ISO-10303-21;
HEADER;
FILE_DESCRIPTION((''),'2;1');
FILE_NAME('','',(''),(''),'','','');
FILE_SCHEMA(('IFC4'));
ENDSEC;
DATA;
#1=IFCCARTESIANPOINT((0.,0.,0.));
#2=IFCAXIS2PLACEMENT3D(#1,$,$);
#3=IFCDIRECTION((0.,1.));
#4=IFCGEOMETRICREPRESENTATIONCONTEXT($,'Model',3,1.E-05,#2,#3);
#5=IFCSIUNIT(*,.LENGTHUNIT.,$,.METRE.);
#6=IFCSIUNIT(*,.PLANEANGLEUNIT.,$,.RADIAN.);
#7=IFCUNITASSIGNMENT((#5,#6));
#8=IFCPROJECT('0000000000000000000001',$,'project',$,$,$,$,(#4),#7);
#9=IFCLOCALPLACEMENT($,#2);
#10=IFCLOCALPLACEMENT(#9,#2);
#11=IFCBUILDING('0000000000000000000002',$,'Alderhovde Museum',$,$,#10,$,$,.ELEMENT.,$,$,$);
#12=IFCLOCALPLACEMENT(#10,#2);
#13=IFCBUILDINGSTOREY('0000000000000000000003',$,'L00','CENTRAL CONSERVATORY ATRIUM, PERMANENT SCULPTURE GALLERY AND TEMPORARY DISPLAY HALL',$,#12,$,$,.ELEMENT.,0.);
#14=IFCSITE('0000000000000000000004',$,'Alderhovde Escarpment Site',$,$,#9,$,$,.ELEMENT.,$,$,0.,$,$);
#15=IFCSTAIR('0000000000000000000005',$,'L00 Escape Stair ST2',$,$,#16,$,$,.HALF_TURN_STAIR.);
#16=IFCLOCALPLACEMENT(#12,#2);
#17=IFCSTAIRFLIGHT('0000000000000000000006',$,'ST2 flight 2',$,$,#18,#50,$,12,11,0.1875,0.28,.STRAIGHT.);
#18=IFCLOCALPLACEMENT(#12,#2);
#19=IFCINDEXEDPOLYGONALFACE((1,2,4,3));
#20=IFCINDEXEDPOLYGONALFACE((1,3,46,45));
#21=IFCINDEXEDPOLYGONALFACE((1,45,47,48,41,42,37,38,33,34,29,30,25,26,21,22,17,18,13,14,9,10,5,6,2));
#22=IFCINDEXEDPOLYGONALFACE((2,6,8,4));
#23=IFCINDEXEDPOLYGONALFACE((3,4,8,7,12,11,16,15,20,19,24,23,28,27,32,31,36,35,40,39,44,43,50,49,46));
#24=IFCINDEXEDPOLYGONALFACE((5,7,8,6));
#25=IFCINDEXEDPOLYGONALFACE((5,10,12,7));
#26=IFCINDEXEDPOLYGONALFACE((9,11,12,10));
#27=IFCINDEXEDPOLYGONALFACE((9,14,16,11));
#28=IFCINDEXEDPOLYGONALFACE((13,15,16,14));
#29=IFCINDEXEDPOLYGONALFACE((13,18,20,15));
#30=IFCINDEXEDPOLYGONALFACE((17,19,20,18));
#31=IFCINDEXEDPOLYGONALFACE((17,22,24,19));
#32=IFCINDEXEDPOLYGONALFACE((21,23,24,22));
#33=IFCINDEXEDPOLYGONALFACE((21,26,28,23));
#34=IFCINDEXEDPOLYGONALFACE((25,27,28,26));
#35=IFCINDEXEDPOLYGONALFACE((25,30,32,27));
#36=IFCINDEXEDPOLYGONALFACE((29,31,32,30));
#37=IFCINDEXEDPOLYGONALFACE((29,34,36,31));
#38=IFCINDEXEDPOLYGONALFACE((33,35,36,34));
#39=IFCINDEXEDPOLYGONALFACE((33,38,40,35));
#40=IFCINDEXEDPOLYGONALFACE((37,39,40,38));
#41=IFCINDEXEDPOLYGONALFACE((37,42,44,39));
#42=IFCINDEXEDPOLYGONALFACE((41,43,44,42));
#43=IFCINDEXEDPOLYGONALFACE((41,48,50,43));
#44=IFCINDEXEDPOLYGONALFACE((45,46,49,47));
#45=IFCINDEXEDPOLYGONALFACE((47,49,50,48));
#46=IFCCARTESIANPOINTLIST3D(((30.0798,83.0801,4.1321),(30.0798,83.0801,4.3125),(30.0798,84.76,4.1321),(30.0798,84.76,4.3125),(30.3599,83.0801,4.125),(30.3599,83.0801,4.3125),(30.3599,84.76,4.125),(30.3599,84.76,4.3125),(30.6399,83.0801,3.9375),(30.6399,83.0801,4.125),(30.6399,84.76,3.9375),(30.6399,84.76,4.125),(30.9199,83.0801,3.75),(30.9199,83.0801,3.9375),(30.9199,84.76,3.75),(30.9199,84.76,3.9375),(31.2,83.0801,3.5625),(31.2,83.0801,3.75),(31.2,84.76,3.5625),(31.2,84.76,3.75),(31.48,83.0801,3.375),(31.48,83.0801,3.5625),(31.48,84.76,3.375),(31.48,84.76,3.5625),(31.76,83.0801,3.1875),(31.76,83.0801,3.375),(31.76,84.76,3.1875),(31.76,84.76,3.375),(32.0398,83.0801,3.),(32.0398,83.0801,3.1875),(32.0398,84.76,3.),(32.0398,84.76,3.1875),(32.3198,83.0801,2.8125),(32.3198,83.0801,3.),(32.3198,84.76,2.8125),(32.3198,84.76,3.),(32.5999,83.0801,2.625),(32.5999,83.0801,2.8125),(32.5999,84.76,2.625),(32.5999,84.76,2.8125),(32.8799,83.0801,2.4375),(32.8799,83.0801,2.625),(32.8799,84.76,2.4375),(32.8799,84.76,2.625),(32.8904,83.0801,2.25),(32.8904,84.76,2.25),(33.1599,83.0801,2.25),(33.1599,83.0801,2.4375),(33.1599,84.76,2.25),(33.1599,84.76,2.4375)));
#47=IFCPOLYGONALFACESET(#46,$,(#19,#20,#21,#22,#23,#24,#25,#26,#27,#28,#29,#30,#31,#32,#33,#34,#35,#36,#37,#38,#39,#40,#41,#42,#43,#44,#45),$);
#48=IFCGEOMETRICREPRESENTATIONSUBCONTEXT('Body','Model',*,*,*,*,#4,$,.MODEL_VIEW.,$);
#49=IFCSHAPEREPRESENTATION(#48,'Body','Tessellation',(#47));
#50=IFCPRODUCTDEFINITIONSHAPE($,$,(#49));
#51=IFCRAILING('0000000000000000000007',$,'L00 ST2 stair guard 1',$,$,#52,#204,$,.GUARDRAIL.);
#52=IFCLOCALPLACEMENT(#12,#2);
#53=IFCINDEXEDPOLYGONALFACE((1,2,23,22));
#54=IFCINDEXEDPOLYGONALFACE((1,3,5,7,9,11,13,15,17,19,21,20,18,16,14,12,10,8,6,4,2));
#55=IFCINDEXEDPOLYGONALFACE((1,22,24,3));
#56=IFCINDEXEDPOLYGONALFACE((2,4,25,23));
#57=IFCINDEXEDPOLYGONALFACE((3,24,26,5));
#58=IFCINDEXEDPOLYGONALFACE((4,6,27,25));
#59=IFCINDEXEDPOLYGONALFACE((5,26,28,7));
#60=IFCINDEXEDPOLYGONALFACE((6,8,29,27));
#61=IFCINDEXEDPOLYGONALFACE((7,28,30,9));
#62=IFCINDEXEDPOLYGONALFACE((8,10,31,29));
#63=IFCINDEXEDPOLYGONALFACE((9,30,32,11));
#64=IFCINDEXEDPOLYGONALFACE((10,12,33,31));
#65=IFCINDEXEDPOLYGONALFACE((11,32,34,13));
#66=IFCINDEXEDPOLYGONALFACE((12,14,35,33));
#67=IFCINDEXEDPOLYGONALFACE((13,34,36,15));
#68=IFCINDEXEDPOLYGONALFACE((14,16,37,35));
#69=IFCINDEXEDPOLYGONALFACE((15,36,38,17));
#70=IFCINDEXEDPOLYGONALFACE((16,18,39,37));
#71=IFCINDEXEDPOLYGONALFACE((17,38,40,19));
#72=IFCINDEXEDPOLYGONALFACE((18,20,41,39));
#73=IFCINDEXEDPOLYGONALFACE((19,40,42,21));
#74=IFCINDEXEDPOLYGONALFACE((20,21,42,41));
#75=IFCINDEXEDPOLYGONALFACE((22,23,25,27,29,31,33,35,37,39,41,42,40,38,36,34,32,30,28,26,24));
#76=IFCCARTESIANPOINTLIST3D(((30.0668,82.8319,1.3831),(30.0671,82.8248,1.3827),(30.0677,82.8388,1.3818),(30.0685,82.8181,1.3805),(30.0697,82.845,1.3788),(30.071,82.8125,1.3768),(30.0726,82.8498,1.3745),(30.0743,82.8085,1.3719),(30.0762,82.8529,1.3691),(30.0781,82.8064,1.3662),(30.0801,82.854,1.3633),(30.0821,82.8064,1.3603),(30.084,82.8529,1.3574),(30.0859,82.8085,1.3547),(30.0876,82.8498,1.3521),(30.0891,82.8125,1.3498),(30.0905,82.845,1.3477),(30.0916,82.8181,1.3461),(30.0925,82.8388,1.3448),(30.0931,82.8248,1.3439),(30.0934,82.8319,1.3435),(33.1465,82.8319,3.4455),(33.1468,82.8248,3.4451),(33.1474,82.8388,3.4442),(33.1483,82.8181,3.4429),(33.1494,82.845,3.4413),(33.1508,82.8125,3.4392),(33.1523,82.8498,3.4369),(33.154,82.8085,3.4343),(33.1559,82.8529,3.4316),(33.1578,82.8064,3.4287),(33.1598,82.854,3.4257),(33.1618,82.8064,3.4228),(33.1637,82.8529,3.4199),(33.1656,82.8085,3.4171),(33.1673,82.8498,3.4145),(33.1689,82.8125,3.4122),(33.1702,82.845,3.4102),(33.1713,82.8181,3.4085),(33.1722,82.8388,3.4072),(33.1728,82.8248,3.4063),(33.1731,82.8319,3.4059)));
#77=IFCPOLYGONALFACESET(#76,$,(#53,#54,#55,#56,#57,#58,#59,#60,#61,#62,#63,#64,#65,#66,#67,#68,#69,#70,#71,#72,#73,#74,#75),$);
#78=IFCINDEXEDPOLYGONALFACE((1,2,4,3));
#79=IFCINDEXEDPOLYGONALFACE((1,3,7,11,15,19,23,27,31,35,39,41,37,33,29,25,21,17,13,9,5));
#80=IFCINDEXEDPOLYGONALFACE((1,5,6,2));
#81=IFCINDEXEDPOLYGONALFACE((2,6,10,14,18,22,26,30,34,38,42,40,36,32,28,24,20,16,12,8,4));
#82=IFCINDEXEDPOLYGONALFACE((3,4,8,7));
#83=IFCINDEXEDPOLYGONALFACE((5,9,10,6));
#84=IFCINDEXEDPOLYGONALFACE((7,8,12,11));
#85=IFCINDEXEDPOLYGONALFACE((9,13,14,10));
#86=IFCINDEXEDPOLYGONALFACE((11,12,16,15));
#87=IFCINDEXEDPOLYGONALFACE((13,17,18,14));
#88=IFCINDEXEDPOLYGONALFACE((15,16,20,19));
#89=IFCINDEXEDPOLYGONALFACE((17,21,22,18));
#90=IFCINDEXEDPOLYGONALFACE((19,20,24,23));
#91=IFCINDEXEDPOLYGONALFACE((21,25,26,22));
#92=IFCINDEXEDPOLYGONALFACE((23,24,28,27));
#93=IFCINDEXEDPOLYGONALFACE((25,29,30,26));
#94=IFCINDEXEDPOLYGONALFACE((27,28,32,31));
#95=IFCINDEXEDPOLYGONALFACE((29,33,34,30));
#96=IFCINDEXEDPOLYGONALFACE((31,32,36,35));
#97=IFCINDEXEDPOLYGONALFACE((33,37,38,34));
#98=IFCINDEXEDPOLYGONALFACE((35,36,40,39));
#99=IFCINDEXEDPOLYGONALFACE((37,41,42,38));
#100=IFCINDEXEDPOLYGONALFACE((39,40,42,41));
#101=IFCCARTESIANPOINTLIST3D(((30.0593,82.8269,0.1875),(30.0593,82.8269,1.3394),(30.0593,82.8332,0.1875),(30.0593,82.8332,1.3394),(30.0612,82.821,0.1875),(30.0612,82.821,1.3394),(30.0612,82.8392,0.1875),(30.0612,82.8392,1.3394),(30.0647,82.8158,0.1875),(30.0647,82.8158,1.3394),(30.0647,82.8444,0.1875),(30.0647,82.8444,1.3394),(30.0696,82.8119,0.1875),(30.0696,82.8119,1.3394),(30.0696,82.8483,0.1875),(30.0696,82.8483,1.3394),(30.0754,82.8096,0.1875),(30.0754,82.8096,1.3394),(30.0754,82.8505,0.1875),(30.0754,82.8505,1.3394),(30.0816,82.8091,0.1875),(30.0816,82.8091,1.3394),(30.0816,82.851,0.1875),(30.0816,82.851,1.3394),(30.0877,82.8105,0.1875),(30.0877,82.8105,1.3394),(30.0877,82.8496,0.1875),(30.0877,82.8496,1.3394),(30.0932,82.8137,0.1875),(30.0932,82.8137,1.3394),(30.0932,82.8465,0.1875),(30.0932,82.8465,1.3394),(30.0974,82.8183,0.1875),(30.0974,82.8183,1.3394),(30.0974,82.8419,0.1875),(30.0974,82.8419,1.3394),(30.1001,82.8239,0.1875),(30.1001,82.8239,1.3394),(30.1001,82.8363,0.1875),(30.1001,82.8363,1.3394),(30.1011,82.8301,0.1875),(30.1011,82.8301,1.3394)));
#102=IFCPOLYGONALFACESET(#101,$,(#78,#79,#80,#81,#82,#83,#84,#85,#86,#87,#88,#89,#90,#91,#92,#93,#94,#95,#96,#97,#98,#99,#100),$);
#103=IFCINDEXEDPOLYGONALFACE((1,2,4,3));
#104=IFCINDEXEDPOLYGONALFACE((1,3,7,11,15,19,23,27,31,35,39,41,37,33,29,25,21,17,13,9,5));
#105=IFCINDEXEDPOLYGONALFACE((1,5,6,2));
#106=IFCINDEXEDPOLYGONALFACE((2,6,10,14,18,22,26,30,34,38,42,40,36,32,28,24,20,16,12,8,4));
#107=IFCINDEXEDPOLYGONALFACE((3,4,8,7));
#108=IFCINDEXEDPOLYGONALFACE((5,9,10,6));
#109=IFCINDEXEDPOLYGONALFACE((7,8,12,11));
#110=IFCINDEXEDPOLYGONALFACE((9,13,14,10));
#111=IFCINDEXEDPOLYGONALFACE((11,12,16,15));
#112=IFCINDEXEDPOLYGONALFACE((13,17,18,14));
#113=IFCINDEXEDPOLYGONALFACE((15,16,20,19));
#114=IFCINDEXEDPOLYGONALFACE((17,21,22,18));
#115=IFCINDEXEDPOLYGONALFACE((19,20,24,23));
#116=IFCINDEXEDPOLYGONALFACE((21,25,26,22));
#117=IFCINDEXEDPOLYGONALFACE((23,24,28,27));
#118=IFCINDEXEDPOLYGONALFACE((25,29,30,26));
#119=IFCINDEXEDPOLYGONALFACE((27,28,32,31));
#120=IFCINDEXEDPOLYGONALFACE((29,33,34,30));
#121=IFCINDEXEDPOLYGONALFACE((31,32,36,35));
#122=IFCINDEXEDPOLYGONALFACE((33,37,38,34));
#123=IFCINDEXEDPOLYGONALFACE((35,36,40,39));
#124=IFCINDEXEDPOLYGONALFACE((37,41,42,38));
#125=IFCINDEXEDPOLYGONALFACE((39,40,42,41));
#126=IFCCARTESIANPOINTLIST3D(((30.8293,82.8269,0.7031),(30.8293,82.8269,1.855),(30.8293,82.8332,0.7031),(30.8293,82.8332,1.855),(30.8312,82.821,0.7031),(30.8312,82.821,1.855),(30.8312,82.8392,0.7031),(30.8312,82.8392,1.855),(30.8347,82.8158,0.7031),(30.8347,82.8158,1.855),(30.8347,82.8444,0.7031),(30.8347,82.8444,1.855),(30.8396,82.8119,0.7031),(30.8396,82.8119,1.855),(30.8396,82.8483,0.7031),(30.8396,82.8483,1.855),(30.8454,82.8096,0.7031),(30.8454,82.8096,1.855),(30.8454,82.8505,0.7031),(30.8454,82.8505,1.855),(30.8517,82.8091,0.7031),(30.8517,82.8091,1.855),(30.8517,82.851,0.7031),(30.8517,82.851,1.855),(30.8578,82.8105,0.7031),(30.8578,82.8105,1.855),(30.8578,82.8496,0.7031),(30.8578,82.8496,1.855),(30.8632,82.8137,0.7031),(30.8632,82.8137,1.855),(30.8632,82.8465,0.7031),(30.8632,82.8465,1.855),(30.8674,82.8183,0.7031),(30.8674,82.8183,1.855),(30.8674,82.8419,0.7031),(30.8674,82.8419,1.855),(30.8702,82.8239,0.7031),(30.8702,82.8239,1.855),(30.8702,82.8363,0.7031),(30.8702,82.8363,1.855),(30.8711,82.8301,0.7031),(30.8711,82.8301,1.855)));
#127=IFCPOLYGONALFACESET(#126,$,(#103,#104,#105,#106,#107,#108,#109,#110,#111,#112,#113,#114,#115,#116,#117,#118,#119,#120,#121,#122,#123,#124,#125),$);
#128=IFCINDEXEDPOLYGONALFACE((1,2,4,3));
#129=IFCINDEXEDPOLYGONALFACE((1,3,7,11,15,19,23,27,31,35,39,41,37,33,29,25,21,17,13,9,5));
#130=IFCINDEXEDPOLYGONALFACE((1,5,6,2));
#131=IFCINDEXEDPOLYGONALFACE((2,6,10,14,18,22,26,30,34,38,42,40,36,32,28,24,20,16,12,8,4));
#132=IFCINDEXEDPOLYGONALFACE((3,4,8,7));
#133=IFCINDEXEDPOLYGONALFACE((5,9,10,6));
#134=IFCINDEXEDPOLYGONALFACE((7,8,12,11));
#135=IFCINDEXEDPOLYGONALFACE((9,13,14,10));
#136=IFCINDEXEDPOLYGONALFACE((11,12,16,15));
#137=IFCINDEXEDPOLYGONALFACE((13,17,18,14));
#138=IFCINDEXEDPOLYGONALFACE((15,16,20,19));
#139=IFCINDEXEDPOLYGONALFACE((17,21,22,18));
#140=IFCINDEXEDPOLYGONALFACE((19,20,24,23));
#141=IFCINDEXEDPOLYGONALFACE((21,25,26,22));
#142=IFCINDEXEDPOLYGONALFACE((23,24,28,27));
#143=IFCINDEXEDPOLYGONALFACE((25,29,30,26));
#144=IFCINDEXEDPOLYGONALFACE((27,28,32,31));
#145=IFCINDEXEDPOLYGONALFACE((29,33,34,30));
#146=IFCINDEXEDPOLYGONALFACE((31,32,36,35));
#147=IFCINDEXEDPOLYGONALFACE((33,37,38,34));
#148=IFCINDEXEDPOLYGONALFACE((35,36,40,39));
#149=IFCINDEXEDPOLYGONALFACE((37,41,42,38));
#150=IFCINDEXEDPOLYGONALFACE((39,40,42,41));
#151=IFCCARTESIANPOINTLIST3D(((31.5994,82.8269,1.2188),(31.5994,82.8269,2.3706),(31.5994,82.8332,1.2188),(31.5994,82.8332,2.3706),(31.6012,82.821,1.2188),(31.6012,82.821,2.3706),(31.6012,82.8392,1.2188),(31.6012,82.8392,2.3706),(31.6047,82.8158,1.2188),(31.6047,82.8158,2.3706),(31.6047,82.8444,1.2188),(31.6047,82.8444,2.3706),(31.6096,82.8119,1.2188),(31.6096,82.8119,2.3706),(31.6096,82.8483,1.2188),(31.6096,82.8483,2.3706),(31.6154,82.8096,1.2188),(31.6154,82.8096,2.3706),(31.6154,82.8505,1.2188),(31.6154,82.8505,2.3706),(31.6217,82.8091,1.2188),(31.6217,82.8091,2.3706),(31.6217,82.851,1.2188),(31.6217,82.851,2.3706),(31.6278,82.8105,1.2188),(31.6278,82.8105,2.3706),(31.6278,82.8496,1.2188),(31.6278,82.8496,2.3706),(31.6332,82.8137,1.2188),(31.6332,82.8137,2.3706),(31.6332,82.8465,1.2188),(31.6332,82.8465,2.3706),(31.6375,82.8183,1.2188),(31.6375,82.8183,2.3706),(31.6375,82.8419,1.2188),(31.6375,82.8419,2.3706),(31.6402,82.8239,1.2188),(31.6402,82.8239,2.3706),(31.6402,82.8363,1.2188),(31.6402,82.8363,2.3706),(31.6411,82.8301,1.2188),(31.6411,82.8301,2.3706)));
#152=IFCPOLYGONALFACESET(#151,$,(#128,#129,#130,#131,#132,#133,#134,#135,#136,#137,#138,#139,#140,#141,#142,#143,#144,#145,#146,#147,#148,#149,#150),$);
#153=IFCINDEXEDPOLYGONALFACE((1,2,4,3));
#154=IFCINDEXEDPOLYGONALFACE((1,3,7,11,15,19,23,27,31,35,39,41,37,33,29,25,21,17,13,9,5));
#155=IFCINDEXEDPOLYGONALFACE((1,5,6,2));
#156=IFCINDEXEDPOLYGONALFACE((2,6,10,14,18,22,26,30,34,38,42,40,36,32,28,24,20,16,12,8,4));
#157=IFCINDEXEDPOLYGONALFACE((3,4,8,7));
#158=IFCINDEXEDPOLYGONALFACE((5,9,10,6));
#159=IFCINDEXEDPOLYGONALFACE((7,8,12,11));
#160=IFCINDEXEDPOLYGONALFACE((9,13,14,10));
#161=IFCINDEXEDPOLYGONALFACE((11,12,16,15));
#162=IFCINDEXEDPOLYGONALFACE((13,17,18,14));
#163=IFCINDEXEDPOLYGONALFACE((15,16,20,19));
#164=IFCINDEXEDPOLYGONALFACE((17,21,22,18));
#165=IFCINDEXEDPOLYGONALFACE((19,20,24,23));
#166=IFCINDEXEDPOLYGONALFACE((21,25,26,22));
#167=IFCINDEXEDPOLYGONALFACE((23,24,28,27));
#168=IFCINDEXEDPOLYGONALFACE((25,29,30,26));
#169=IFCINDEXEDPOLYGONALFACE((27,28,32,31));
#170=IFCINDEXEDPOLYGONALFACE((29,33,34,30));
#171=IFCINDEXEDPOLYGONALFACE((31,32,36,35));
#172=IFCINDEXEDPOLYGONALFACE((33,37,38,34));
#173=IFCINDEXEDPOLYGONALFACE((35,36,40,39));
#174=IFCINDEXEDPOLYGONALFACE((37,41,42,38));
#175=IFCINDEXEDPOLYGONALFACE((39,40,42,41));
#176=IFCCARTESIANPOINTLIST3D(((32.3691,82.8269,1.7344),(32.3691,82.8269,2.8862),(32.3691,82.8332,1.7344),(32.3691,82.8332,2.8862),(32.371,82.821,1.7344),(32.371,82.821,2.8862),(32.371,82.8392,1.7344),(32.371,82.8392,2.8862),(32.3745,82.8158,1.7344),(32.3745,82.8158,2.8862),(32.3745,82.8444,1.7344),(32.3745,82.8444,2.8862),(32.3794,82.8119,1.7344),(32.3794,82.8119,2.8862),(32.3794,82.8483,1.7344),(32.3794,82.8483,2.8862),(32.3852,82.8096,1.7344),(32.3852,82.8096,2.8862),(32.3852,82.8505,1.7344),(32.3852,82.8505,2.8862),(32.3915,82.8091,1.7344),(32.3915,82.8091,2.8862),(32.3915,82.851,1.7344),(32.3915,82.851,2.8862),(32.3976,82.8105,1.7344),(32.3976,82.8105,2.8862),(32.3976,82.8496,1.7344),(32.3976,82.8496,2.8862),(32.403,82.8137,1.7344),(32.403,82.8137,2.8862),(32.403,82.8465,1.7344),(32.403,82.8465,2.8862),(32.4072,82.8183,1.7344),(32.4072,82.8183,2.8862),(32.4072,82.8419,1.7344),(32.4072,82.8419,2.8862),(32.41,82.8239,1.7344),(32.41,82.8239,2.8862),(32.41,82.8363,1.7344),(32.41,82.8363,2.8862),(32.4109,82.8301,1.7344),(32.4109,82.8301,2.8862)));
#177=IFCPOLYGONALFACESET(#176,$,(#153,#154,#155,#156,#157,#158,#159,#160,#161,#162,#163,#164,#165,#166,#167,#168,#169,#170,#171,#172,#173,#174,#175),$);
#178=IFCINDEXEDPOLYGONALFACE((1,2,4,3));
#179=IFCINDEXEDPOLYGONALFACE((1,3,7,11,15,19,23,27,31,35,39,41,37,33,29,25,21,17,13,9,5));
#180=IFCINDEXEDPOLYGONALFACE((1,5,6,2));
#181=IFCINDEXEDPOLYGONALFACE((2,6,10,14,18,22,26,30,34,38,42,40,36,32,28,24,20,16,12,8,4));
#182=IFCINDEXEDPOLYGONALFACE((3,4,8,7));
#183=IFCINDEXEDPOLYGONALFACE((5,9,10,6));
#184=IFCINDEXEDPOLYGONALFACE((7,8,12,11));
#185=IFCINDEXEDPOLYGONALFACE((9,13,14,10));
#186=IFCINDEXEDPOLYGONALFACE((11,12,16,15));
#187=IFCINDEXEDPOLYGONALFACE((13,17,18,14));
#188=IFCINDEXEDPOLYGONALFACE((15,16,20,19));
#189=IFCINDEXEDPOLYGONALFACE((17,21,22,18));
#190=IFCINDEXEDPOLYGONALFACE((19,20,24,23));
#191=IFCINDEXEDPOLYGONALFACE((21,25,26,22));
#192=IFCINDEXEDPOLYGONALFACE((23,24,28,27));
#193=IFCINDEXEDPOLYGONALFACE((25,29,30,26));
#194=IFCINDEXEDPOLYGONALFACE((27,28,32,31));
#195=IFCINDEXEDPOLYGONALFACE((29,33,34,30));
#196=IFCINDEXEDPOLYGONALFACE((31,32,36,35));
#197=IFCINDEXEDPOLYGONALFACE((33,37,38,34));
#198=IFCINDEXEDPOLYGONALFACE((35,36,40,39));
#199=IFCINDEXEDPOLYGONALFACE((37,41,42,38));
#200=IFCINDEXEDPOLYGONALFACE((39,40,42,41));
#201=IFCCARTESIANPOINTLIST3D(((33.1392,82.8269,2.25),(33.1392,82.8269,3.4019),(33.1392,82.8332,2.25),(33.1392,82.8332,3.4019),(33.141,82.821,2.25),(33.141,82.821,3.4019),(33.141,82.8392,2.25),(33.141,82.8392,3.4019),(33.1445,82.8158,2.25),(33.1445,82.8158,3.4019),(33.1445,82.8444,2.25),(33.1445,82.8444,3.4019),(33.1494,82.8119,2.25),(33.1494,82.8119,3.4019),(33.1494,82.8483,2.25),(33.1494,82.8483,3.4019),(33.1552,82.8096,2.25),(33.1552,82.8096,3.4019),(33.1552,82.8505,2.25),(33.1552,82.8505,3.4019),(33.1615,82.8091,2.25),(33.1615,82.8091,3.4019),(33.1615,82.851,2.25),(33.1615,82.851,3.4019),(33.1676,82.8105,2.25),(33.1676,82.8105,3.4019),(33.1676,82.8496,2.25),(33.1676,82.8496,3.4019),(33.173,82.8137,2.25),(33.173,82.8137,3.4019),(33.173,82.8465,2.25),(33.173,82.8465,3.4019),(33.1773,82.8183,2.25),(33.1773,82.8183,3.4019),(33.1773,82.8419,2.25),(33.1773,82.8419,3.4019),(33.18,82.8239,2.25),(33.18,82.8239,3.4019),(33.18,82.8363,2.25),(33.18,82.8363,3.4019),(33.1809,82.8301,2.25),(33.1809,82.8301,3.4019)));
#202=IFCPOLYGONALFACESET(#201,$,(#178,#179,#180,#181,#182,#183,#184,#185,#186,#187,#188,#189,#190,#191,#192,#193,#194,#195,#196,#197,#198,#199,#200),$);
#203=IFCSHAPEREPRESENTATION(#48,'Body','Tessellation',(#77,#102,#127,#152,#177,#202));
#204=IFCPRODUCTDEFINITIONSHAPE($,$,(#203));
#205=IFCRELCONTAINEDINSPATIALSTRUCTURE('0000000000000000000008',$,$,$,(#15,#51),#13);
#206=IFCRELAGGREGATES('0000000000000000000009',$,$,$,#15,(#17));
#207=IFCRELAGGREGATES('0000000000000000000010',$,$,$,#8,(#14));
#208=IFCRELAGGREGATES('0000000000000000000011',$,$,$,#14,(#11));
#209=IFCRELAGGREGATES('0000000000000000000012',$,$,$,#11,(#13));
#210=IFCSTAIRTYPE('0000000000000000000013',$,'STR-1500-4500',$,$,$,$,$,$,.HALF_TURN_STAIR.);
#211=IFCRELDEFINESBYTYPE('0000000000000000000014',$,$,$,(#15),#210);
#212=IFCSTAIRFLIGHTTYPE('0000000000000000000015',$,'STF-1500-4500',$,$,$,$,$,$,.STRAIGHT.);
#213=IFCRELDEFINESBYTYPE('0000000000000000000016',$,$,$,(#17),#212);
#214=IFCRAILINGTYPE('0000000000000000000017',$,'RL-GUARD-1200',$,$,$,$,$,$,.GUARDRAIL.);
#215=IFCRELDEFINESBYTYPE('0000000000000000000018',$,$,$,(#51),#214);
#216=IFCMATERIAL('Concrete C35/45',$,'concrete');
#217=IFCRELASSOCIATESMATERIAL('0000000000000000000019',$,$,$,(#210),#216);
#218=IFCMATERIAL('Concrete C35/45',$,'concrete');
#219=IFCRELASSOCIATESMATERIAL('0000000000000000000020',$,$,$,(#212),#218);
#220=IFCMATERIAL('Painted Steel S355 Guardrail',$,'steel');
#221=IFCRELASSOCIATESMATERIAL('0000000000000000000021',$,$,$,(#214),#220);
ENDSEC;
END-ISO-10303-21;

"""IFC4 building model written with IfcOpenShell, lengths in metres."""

from ifc_helpers import new_model, si_unit, direction, frame, origin, origin_2d, place, context, subcontext, project, spatial, polyline, circle, outline, extrude, material, type_object, element, aggregate, save


model = new_model("IFC4")

# Units and contexts
model_context = context("Model", 3, precision=1e-05, world=origin(), true_north=direction((0.0, 1.0)))
body_context = subcontext(model_context, "Body", "Model", "MODEL_VIEW")
ifc_project = project(units=[si_unit("LENGTHUNIT", "METRE"), si_unit("PLANEANGLEUNIT", "RADIAN")], contexts=[model_context])

# Site, building, storey
site_placement = place(None, origin())
site = spatial("IfcSite", under=ifc_project, at=site_placement, Name="Alderhovde Escarpment Site", CompositionType="ELEMENT", RefElevation=0.0)
building_placement = place(site_placement, origin())
building = spatial("IfcBuilding", under=site, at=building_placement, Name="Alderhovde Museum", CompositionType="ELEMENT")
storey_placement = place(building_placement, origin())
storey = spatial("IfcBuildingStorey", under=building, at=storey_placement, Name="L00", Description="CENTRAL CONSERVATORY ATRIUM, PERMANENT SCULPTURE GALLERY AND TEMPORARY DISPLAY HALL", CompositionType="ELEMENT", Elevation=0.0)

# Stair, stair flight
ifc_material_1 = material(Name="Concrete C35/45", Category="concrete")
stair_type = type_object("IfcStairType", Name="STR-1500-4500", PredefinedType="HALF_TURN_STAIR", material=ifc_material_1)
stair_placement = place(storey_placement, origin())
stair = element("IfcStair", 1, at=stair_placement, inside=storey, type_object=stair_type, Name="L00 Escape Stair ST2", PredefinedType="HALF_TURN_STAIR")
ifc_material_2 = material(Name="Concrete C35/45", Category="concrete")
stair_flight_type = type_object("IfcStairFlightType", Name="STF-1500-4500", PredefinedType="STRAIGHT", material=ifc_material_2)
stair_flight_1_placement = place(storey_placement, frame((33.1599, 83.9199, 2.25), z_axis=(0.0, 0.0, 1.0), x_axis=(-1.0, 0.0, 0.0)))
stair_flight_1 = element("IfcStairFlight", 2, at=stair_flight_1_placement, type_object=stair_flight_type, Name="ST2 flight 2", NumberOfRisers=12, NumberOfTreads=11, PredefinedType="STRAIGHT", RiserHeight=0.1875, TreadLength=0.28, context=body_context, shape_type="SweptSolid", body=[
    extrude(outline(polyline([(0.0, 0.0), (0.0, 0.1875), (0.28, 0.1875), (0.28, 0.375), (0.5601, 0.375), (0.5601, 0.5625), (0.8401, 0.5625), (0.8401, 0.75), (1.1201, 0.75), (1.1201, 0.9375), (1.3999, 0.9375), (1.3999, 1.125), (1.6799, 1.125), (1.6799, 1.3125), (1.96, 1.3125), (1.96, 1.5), (2.24, 1.5), (2.24, 1.6875), (2.52, 1.6875), (2.52, 1.875), (2.8, 1.875), (2.8, 2.0625), (3.0801, 2.0625), (3.0801, 2.25), (3.0801, 1.8821), (0.2695, 0.0), (0.0, 0.0)])), frame((0.0, 0.8398, 0.0), z_axis=(0.0, -1.0, 0.0), x_axis=(1.0, 0.0, 0.0)), (0.0, 0.0, 1.0), 1.6799),
])
aggregate(stair, [stair_flight_1])

# Railing
ifc_material_3 = material(Name="Painted Steel S355 Guardrail", Category="steel")
railing_type_1 = type_object("IfcRailingType", Name="RL-GUARD-1200", PredefinedType="GUARDRAIL", material=ifc_material_3)
railing_1_placement = place(storey_placement, frame((30.0801, 82.8301, 0.1875)))
element("IfcRailing", 3, at=railing_1_placement, inside=storey, type_object=railing_type_1, Name="L00 ST2 stair guard 1", PredefinedType="GUARDRAIL", context=body_context, shape_type="SweptSolid", body=[
    extrude(circle(Radius=0.0239, at=origin_2d()), frame((0.0, 0.0, 1.1758), z_axis=(0.830893, 0.0, 0.556432), x_axis=(0.0, 1.0, 0.0)), (0.0, 0.0, 1.0), 3.7065),
    extrude(circle(Radius=0.021, at=origin_2d()), origin(), (0.0, 0.0, 1.0), 1.1519),
    extrude(circle(Radius=0.021, at=origin_2d()), frame((0.77, 0.0, 0.5156)), (0.0, 0.0, 1.0), 1.1519),
    extrude(circle(Radius=0.021, at=origin_2d()), frame((1.54, 0.0, 1.0312)), (0.0, 0.0, 1.0), 1.1519),
    extrude(circle(Radius=0.021, at=origin_2d()), frame((2.3098, 0.0, 1.5469)), (0.0, 0.0, 1.0), 1.1519),
    extrude(circle(Radius=0.021, at=origin_2d()), frame((3.0798, 0.0, 2.0625)), (0.0, 0.0, 1.0), 1.1519),
])

save(model, "model.ifc")
